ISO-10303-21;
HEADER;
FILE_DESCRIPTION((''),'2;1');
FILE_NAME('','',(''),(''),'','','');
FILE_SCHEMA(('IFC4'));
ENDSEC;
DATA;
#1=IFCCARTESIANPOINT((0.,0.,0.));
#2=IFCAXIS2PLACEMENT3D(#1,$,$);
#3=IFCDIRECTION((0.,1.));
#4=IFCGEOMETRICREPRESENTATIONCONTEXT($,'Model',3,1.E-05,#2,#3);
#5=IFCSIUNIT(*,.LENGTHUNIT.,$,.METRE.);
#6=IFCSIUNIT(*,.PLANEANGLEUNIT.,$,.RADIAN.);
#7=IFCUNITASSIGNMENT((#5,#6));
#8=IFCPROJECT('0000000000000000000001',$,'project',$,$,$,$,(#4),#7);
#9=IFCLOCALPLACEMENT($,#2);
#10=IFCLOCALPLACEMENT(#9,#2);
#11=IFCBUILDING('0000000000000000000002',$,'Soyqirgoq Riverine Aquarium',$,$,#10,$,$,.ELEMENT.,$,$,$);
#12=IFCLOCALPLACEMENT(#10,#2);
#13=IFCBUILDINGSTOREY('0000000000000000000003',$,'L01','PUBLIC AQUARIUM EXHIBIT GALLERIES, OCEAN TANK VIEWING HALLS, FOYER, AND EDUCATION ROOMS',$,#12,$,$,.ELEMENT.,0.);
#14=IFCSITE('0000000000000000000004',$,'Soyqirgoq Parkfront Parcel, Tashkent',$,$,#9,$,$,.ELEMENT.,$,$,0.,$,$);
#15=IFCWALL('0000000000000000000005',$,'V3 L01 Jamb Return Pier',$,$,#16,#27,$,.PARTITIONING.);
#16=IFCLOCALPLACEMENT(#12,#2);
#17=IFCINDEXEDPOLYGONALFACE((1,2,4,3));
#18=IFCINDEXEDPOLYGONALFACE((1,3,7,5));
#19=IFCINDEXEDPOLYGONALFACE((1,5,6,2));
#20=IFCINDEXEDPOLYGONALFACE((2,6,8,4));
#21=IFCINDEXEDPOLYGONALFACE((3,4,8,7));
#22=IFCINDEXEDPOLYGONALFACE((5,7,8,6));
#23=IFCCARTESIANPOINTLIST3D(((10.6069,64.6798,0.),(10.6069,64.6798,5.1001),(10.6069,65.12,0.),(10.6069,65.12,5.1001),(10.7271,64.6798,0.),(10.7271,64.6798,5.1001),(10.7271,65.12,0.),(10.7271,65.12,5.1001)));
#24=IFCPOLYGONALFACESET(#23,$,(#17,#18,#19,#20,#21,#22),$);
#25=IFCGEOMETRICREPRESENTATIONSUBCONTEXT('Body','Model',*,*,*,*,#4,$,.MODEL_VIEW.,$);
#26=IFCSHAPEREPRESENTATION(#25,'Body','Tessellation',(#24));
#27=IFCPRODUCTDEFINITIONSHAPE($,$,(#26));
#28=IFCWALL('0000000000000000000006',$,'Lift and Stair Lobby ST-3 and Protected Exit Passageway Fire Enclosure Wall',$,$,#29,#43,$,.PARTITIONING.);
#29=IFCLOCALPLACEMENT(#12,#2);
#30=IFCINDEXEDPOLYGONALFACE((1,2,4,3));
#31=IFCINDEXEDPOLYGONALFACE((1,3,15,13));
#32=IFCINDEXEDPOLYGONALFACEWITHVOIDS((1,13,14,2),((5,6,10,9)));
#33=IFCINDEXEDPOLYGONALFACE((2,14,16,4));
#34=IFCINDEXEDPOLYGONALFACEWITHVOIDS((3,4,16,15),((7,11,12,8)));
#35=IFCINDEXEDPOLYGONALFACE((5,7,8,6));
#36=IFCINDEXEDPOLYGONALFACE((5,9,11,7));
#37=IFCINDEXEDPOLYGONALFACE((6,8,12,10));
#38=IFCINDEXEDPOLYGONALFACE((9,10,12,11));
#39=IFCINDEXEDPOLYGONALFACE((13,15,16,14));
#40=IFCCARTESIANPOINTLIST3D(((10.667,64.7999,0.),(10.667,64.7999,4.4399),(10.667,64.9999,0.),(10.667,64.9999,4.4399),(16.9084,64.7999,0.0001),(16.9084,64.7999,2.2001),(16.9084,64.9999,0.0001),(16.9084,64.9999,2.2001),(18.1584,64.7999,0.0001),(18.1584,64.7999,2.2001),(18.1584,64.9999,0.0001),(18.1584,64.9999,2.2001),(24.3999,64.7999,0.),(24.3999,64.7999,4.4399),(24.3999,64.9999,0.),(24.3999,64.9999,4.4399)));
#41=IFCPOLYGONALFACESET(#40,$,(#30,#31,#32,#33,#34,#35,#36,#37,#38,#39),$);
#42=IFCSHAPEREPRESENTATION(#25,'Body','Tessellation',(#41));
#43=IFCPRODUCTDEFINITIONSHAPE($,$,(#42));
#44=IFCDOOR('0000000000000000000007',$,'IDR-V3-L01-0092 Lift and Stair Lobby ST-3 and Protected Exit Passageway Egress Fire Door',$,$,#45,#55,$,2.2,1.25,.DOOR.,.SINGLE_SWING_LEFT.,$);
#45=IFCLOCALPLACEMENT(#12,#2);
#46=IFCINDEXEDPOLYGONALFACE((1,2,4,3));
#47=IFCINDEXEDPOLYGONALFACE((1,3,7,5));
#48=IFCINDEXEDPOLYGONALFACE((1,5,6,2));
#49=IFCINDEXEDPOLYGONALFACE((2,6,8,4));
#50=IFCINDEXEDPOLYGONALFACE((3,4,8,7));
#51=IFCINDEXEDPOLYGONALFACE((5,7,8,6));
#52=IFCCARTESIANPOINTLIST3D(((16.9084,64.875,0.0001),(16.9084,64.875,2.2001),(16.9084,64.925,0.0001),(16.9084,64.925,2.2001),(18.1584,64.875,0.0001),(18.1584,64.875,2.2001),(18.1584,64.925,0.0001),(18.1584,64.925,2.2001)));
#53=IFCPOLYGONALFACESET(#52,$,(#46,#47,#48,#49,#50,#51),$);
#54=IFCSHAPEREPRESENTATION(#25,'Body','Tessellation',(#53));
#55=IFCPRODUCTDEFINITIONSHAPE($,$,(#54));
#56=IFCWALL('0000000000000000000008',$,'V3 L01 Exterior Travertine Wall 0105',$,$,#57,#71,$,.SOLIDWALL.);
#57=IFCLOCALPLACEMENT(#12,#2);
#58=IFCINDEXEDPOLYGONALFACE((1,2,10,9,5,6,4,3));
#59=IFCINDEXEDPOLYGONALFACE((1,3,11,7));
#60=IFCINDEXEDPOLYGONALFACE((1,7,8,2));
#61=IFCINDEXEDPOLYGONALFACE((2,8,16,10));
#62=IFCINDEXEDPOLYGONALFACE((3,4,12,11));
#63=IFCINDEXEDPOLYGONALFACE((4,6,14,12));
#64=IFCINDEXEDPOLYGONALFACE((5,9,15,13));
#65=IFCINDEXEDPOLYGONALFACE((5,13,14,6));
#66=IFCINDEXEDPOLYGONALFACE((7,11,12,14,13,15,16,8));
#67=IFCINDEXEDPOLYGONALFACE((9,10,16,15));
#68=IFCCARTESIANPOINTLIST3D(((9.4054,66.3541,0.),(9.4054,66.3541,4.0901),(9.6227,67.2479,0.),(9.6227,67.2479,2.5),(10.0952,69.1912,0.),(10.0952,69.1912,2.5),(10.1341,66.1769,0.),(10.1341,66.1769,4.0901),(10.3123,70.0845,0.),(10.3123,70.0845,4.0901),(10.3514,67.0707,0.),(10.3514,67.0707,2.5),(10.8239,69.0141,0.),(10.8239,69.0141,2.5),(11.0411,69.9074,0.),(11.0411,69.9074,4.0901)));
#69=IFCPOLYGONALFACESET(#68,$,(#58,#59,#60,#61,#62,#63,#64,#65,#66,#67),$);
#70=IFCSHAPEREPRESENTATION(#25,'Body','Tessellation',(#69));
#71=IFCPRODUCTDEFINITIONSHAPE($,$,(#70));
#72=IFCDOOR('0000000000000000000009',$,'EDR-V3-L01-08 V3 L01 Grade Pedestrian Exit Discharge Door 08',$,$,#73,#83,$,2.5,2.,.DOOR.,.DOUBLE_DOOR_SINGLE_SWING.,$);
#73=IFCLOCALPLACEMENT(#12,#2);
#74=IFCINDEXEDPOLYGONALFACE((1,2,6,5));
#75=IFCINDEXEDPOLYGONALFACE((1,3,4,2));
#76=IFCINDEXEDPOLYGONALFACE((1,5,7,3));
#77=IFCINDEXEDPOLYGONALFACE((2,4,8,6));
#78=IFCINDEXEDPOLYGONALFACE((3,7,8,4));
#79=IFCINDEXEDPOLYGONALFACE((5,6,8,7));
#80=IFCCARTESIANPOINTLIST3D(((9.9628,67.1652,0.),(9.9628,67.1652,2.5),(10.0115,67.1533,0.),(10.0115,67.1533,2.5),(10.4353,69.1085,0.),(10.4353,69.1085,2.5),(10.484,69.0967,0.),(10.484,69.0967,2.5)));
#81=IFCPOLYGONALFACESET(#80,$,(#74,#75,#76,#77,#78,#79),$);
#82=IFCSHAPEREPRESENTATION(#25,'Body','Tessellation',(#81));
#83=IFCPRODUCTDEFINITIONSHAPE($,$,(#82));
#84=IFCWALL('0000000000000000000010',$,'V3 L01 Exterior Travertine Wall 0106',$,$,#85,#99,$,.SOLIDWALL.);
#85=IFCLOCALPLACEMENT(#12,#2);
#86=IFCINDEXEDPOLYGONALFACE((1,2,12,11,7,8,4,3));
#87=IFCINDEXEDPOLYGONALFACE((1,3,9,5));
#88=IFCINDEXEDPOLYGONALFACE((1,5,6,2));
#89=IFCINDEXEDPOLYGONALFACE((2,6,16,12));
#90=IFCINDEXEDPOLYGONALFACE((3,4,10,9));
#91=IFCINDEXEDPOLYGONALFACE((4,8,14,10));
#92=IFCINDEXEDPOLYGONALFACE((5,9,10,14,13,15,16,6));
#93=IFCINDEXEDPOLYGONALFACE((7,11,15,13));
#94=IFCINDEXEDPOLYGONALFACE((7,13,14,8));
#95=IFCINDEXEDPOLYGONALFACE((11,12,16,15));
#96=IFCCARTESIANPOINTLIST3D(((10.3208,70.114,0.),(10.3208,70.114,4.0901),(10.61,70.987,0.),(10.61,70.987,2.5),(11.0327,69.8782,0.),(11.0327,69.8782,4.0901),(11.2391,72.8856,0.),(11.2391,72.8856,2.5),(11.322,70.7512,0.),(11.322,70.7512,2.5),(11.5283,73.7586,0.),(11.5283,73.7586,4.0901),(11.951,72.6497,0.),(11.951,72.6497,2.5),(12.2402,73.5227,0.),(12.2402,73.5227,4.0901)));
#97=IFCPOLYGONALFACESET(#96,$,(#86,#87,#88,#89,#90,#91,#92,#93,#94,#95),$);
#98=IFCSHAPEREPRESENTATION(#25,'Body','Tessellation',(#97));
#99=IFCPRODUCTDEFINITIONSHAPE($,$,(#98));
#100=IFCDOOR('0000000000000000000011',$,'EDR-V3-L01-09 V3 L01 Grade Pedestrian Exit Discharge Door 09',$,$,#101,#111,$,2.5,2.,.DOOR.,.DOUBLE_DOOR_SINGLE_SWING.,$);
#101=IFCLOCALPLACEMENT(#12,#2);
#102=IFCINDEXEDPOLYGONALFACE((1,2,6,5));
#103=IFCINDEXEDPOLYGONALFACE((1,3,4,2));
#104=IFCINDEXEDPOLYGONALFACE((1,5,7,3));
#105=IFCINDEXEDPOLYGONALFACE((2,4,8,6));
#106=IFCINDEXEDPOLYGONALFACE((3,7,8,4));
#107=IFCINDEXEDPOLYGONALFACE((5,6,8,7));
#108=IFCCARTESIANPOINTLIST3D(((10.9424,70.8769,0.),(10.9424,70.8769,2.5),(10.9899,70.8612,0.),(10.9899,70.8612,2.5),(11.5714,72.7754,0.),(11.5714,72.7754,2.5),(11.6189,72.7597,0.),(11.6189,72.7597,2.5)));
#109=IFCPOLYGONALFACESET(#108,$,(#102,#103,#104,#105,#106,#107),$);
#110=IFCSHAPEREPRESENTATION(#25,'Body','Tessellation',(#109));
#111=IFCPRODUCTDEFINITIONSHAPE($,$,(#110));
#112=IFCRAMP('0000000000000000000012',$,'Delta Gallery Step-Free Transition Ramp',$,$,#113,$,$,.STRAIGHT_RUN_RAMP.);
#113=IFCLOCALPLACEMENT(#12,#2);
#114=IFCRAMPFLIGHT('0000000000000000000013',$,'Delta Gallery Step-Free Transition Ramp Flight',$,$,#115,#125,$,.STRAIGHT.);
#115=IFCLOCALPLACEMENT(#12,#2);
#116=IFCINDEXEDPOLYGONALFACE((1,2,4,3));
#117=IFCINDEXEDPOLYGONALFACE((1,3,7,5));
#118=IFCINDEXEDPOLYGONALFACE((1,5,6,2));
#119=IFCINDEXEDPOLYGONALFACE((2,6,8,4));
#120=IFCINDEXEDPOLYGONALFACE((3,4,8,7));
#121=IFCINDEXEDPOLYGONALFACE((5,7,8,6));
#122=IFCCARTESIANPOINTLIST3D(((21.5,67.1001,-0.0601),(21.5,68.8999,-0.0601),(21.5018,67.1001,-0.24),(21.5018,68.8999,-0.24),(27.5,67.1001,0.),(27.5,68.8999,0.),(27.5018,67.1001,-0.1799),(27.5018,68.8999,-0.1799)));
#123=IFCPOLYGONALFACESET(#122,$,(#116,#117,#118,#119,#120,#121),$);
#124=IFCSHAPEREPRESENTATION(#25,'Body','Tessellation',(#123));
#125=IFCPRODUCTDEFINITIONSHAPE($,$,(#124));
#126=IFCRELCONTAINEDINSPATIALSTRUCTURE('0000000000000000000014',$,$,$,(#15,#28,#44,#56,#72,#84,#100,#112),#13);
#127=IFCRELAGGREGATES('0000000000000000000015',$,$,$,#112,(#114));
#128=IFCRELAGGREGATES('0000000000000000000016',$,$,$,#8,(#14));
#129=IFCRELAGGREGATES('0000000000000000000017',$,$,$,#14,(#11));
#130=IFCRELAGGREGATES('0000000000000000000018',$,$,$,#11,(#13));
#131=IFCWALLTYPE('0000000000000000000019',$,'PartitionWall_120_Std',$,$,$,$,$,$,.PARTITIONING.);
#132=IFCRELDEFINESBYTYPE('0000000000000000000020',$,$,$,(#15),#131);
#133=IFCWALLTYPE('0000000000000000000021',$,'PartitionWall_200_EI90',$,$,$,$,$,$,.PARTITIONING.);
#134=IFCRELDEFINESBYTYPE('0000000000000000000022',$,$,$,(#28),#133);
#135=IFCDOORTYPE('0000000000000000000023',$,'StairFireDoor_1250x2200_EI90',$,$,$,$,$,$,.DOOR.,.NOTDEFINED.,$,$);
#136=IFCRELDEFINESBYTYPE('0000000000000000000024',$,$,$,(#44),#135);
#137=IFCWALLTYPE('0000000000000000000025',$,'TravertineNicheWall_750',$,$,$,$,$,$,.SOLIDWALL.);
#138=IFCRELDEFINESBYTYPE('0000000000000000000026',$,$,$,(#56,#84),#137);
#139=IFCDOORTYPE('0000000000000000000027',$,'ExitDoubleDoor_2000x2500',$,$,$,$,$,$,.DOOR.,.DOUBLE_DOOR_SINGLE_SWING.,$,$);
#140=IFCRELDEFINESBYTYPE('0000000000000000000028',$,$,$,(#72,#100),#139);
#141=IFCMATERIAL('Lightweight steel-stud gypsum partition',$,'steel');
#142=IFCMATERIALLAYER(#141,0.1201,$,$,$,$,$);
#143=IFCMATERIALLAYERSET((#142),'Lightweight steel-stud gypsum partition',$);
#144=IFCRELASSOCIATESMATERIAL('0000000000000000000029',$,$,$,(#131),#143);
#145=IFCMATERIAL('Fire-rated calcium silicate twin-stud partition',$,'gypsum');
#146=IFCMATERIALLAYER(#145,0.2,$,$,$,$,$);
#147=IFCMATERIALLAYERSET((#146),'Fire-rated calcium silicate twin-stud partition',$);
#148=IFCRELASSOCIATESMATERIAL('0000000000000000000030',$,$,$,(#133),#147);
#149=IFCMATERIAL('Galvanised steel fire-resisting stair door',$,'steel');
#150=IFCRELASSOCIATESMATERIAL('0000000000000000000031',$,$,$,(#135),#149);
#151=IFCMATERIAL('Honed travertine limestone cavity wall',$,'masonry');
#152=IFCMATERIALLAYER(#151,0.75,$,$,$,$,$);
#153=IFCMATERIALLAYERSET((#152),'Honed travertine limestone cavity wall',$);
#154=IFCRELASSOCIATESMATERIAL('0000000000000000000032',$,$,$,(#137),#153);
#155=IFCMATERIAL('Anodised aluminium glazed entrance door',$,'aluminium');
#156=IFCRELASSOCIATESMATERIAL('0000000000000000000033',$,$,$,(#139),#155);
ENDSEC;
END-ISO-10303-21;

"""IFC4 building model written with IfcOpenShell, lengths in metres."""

from ifc_helpers import new_model, si_unit, direction, frame, frame_2d, origin, place, context, subcontext, project, spatial, polyline, rectangle, outline, extrude, material, layer, layer_set, type_object, element, fill, aggregate, save


model = new_model("IFC4")

# Units and contexts
model_context = context("Model", 3, precision=1e-05, world=origin(), true_north=direction((0.0, 1.0)))
body_context = subcontext(model_context, "Body", "Model", "MODEL_VIEW")
ifc_project = project(units=[si_unit("LENGTHUNIT", "METRE"), si_unit("PLANEANGLEUNIT", "RADIAN")], contexts=[model_context])

# Site, building, storey
site_placement = place(None, origin())
site = spatial("IfcSite", under=ifc_project, at=site_placement, Name="Soyqirgoq Parkfront Parcel, Tashkent", CompositionType="ELEMENT", RefElevation=0.0)
building_placement = place(site_placement, origin())
building = spatial("IfcBuilding", under=site, at=building_placement, Name="Soyqirgoq Riverine Aquarium", CompositionType="ELEMENT")
storey_placement = place(building_placement, origin())
storey = spatial("IfcBuildingStorey", under=building, at=storey_placement, Name="L01", Description="PUBLIC AQUARIUM EXHIBIT GALLERIES, OCEAN TANK VIEWING HALLS, FOYER, AND EDUCATION ROOMS", CompositionType="ELEMENT", Elevation=0.0)

# Wall
ifc_material_1 = material(Name="Lightweight steel-stud gypsum partition", Category="steel")
ifc_layer_1 = layer(ifc_material_1, 0.1201)
ifc_layer_set_1 = layer_set([ifc_layer_1], Name="Lightweight steel-stud gypsum partition")
wall_type_1 = type_object("IfcWallType", Name="PartitionWall_120_Std", PredefinedType="PARTITIONING", material=ifc_layer_set_1)
for number, where, z_axis, x_axis, name in (
    (1, (10.667, 65.1201, 0.0), (0.0, 0.0, 1.0), (0.0, -1.0, 0.0), "V3 L01 Jamb Return Pier"),
):
    element("IfcWall", number, at=place(storey_placement, frame(where, z_axis=z_axis, x_axis=x_axis)), inside=storey, type_object=wall_type_1, Name=name, PredefinedType="PARTITIONING", context=body_context, shape_type="SweptSolid", body=[
        extrude(rectangle(XDim=0.4402, YDim=0.1201, at=frame_2d((0.2202, 0.0))), origin(), (0.0, 0.0, 1.0), 5.1001),
    ])

# Walls, openings, doors
ifc_material_2 = material(Name="Fire-rated calcium silicate twin-stud partition", Category="gypsum")
ifc_layer_2 = layer(ifc_material_2, 0.2)
ifc_layer_set_2 = layer_set([ifc_layer_2], Name="Fire-rated calcium silicate twin-stud partition")
wall_type_2 = type_object("IfcWallType", Name="PartitionWall_200_EI90", PredefinedType="PARTITIONING", material=ifc_layer_set_2)
wall_1_placement = place(storey_placement, frame((24.3999, 64.8999, 0.0), z_axis=(0.0, 0.0, 1.0), x_axis=(-1.0, 0.0, 0.0)))
wall_1 = element("IfcWall", 2, at=wall_1_placement, inside=storey, type_object=wall_type_2, Name="Lift and Stair Lobby ST-3 and Protected Exit Passageway Fire Enclosure Wall", PredefinedType="PARTITIONING", context=body_context, shape_type="SweptSolid", body=[
    extrude(rectangle(XDim=13.7329, YDim=0.2, at=frame_2d((6.8665, 0.0))), origin(), (0.0, 0.0, 1.0), 4.4399),
])
opening_1_placement = place(wall_1_placement, frame((6.2415, 0.0, 0.0)))
opening_1 = element("IfcOpeningElement", 3, at=opening_1_placement, cuts=wall_1, PredefinedType="OPENING", context=body_context, shape_type="SweptSolid", body=[
    extrude(rectangle(XDim=1.25, YDim=2.2, at=frame_2d((0.625, 1.1001))), frame((0.0, 0.1099, 0.0), z_axis=(0.0, -1.0, 0.0), x_axis=(1.0, 0.0, 0.0)), (0.0, 0.0, 1.0), 0.22),
])
ifc_material_3 = material(Name="Galvanised steel fire-resisting stair door", Category="steel")
door_type_1 = type_object("IfcDoorType", Name="StairFireDoor_1250x2200_EI90", OperationType="NOTDEFINED", PredefinedType="DOOR", material=ifc_material_3)
door_1_placement = place(opening_1_placement, origin())
door_1 = element("IfcDoor", 4, at=door_1_placement, inside=storey, type_object=door_type_1, Name="IDR-V3-L01-0092 Lift and Stair Lobby ST-3 and Protected Exit Passageway Egress Fire Door", OperationType="SINGLE_SWING_LEFT", OverallHeight=2.2, OverallWidth=1.25, PredefinedType="DOOR", context=body_context, shape_type="SweptSolid", body=[
    extrude(rectangle(XDim=1.25, YDim=2.2, at=frame_2d((0.625, 1.1001))), frame((0.0, 0.0249, 0.0), z_axis=(0.0, -1.0, 0.0), x_axis=(1.0, 0.0, 0.0)), (0.0, 0.0, 1.0), 0.05),
])
fill(opening_1, door_1)
ifc_material_4 = material(Name="Honed travertine limestone cavity wall", Category="masonry")
ifc_layer_3 = layer(ifc_material_4, 0.75)
ifc_layer_set_3 = layer_set([ifc_layer_3], Name="Honed travertine limestone cavity wall")
wall_type_3 = type_object("IfcWallType", Name="TravertineNicheWall_750", PredefinedType="SOLIDWALL", material=ifc_layer_set_3)
wall_2_placement = place(storey_placement, frame((9.7698, 66.2656, 0.0), z_axis=(0.0, 0.0, 1.0), x_axis=(0.236246, 0.971693, 0.0)))
wall_2 = element("IfcWall", 5, at=wall_2_placement, inside=storey, type_object=wall_type_3, Name="V3 L01 Exterior Travertine Wall 0105", PredefinedType="SOLIDWALL", context=body_context, shape_type="SweptSolid", body=[
    extrude(rectangle(XDim=3.8391, YDim=0.75, at=frame_2d((1.9194, 0.0))), origin(), (0.0, 0.0, 1.0), 4.0901),
])
opening_2_placement = place(wall_2_placement, frame((0.9197, 0.0, 0.0)))
opening_2 = element("IfcOpeningElement", 6, at=opening_2_placement, cuts=wall_2, PredefinedType="OPENING", context=body_context, shape_type="SweptSolid", body=[
    extrude(rectangle(XDim=2.0, YDim=2.5, at=frame_2d((1.0, 1.25))), frame((0.0, 0.385, 0.0), z_axis=(0.0, -1.0, 0.0), x_axis=(1.0, 0.0, 0.0)), (0.0, 0.0, 1.0), 0.77),
])
ifc_material_5 = material(Name="Anodised aluminium glazed entrance door", Category="aluminium")
door_type_2 = type_object("IfcDoorType", Name="ExitDoubleDoor_2000x2500", OperationType="DOUBLE_DOOR_SINGLE_SWING", PredefinedType="DOOR", material=ifc_material_5)
door_2_placement = place(opening_2_placement, origin())
door_2 = element("IfcDoor", 7, at=door_2_placement, inside=storey, type_object=door_type_2, Name="EDR-V3-L01-08 V3 L01 Grade Pedestrian Exit Discharge Door 08", OperationType="DOUBLE_DOOR_SINGLE_SWING", OverallHeight=2.5, OverallWidth=2.0, PredefinedType="DOOR", context=body_context, shape_type="SweptSolid", body=[
    extrude(rectangle(XDim=2.0, YDim=2.5, at=frame_2d((1.0, 1.25))), frame((0.0, 0.0249, 0.0), z_axis=(0.0, -1.0, 0.0), x_axis=(1.0, 0.0, 0.0)), (0.0, 0.0, 1.0), 0.05),
])
fill(opening_2, door_2)
wall_3_placement = place(storey_placement, frame((10.6768, 69.9961, 0.0), z_axis=(0.0, 0.0, 1.0), x_axis=(0.31451, 0.949254, 0.0)))
wall_3 = element("IfcWall", 8, at=wall_3_placement, inside=storey, type_object=wall_type_3, Name="V3 L01 Exterior Travertine Wall 0106", PredefinedType="SOLIDWALL", context=body_context, shape_type="SweptSolid", body=[
    extrude(rectangle(XDim=3.8394, YDim=0.75, at=frame_2d((1.9197, 0.0))), origin(), (0.0, 0.0, 1.0), 4.0901),
])
opening_3_placement = place(wall_3_placement, frame((0.9197, 0.0, 0.0)))
opening_3 = element("IfcOpeningElement", 9, at=opening_3_placement, cuts=wall_3, PredefinedType="OPENING", context=body_context, shape_type="SweptSolid", body=[
    extrude(rectangle(XDim=2.0, YDim=2.5, at=frame_2d((1.0, 1.25))), frame((0.0, 0.385, 0.0), z_axis=(0.0, -1.0, 0.0), x_axis=(1.0, 0.0, 0.0)), (0.0, 0.0, 1.0), 0.77),
])
door_3_placement = place(opening_3_placement, origin())
door_3 = element("IfcDoor", 10, at=door_3_placement, inside=storey, type_object=door_type_2, Name="EDR-V3-L01-09 V3 L01 Grade Pedestrian Exit Discharge Door 09", OperationType="DOUBLE_DOOR_SINGLE_SWING", OverallHeight=2.5, OverallWidth=2.0, PredefinedType="DOOR", context=body_context, shape_type="SweptSolid", body=[
    extrude(rectangle(XDim=2.0, YDim=2.5, at=frame_2d((1.0, 1.25))), frame((0.0, 0.0249, 0.0), z_axis=(0.0, -1.0, 0.0), x_axis=(1.0, 0.0, 0.0)), (0.0, 0.0, 1.0), 0.05),
])
fill(opening_3, door_3)

# Ramp, ramp flight
ramp_placement = place(storey_placement, origin())
ramp = element("IfcRamp", 11, at=ramp_placement, inside=storey, Name="Delta Gallery Step-Free Transition Ramp", PredefinedType="STRAIGHT_RUN_RAMP")
ramp_flight_placement = place(storey_placement, frame((21.5, 67.1001, -0.0601), z_axis=(-0.010009, 0.0, 0.99995), x_axis=(0.99995, 0.0, 0.010009)))
ramp_flight = element("IfcRampFlight", 12, at=ramp_flight_placement, Name="Delta Gallery Step-Free Transition Ramp Flight", PredefinedType="STRAIGHT", context=body_context, shape_type="SweptSolid", body=[
    extrude(outline(polyline([(0.0, 0.0), (6.0003, 0.0), (6.0003, 1.7998), (0.0, 1.7998), (0.0, 0.0)])), origin(), (0.0, 0.0, -1.0), 0.1799),
])
aggregate(ramp, [ramp_flight])

save(model, "model.ifc")
